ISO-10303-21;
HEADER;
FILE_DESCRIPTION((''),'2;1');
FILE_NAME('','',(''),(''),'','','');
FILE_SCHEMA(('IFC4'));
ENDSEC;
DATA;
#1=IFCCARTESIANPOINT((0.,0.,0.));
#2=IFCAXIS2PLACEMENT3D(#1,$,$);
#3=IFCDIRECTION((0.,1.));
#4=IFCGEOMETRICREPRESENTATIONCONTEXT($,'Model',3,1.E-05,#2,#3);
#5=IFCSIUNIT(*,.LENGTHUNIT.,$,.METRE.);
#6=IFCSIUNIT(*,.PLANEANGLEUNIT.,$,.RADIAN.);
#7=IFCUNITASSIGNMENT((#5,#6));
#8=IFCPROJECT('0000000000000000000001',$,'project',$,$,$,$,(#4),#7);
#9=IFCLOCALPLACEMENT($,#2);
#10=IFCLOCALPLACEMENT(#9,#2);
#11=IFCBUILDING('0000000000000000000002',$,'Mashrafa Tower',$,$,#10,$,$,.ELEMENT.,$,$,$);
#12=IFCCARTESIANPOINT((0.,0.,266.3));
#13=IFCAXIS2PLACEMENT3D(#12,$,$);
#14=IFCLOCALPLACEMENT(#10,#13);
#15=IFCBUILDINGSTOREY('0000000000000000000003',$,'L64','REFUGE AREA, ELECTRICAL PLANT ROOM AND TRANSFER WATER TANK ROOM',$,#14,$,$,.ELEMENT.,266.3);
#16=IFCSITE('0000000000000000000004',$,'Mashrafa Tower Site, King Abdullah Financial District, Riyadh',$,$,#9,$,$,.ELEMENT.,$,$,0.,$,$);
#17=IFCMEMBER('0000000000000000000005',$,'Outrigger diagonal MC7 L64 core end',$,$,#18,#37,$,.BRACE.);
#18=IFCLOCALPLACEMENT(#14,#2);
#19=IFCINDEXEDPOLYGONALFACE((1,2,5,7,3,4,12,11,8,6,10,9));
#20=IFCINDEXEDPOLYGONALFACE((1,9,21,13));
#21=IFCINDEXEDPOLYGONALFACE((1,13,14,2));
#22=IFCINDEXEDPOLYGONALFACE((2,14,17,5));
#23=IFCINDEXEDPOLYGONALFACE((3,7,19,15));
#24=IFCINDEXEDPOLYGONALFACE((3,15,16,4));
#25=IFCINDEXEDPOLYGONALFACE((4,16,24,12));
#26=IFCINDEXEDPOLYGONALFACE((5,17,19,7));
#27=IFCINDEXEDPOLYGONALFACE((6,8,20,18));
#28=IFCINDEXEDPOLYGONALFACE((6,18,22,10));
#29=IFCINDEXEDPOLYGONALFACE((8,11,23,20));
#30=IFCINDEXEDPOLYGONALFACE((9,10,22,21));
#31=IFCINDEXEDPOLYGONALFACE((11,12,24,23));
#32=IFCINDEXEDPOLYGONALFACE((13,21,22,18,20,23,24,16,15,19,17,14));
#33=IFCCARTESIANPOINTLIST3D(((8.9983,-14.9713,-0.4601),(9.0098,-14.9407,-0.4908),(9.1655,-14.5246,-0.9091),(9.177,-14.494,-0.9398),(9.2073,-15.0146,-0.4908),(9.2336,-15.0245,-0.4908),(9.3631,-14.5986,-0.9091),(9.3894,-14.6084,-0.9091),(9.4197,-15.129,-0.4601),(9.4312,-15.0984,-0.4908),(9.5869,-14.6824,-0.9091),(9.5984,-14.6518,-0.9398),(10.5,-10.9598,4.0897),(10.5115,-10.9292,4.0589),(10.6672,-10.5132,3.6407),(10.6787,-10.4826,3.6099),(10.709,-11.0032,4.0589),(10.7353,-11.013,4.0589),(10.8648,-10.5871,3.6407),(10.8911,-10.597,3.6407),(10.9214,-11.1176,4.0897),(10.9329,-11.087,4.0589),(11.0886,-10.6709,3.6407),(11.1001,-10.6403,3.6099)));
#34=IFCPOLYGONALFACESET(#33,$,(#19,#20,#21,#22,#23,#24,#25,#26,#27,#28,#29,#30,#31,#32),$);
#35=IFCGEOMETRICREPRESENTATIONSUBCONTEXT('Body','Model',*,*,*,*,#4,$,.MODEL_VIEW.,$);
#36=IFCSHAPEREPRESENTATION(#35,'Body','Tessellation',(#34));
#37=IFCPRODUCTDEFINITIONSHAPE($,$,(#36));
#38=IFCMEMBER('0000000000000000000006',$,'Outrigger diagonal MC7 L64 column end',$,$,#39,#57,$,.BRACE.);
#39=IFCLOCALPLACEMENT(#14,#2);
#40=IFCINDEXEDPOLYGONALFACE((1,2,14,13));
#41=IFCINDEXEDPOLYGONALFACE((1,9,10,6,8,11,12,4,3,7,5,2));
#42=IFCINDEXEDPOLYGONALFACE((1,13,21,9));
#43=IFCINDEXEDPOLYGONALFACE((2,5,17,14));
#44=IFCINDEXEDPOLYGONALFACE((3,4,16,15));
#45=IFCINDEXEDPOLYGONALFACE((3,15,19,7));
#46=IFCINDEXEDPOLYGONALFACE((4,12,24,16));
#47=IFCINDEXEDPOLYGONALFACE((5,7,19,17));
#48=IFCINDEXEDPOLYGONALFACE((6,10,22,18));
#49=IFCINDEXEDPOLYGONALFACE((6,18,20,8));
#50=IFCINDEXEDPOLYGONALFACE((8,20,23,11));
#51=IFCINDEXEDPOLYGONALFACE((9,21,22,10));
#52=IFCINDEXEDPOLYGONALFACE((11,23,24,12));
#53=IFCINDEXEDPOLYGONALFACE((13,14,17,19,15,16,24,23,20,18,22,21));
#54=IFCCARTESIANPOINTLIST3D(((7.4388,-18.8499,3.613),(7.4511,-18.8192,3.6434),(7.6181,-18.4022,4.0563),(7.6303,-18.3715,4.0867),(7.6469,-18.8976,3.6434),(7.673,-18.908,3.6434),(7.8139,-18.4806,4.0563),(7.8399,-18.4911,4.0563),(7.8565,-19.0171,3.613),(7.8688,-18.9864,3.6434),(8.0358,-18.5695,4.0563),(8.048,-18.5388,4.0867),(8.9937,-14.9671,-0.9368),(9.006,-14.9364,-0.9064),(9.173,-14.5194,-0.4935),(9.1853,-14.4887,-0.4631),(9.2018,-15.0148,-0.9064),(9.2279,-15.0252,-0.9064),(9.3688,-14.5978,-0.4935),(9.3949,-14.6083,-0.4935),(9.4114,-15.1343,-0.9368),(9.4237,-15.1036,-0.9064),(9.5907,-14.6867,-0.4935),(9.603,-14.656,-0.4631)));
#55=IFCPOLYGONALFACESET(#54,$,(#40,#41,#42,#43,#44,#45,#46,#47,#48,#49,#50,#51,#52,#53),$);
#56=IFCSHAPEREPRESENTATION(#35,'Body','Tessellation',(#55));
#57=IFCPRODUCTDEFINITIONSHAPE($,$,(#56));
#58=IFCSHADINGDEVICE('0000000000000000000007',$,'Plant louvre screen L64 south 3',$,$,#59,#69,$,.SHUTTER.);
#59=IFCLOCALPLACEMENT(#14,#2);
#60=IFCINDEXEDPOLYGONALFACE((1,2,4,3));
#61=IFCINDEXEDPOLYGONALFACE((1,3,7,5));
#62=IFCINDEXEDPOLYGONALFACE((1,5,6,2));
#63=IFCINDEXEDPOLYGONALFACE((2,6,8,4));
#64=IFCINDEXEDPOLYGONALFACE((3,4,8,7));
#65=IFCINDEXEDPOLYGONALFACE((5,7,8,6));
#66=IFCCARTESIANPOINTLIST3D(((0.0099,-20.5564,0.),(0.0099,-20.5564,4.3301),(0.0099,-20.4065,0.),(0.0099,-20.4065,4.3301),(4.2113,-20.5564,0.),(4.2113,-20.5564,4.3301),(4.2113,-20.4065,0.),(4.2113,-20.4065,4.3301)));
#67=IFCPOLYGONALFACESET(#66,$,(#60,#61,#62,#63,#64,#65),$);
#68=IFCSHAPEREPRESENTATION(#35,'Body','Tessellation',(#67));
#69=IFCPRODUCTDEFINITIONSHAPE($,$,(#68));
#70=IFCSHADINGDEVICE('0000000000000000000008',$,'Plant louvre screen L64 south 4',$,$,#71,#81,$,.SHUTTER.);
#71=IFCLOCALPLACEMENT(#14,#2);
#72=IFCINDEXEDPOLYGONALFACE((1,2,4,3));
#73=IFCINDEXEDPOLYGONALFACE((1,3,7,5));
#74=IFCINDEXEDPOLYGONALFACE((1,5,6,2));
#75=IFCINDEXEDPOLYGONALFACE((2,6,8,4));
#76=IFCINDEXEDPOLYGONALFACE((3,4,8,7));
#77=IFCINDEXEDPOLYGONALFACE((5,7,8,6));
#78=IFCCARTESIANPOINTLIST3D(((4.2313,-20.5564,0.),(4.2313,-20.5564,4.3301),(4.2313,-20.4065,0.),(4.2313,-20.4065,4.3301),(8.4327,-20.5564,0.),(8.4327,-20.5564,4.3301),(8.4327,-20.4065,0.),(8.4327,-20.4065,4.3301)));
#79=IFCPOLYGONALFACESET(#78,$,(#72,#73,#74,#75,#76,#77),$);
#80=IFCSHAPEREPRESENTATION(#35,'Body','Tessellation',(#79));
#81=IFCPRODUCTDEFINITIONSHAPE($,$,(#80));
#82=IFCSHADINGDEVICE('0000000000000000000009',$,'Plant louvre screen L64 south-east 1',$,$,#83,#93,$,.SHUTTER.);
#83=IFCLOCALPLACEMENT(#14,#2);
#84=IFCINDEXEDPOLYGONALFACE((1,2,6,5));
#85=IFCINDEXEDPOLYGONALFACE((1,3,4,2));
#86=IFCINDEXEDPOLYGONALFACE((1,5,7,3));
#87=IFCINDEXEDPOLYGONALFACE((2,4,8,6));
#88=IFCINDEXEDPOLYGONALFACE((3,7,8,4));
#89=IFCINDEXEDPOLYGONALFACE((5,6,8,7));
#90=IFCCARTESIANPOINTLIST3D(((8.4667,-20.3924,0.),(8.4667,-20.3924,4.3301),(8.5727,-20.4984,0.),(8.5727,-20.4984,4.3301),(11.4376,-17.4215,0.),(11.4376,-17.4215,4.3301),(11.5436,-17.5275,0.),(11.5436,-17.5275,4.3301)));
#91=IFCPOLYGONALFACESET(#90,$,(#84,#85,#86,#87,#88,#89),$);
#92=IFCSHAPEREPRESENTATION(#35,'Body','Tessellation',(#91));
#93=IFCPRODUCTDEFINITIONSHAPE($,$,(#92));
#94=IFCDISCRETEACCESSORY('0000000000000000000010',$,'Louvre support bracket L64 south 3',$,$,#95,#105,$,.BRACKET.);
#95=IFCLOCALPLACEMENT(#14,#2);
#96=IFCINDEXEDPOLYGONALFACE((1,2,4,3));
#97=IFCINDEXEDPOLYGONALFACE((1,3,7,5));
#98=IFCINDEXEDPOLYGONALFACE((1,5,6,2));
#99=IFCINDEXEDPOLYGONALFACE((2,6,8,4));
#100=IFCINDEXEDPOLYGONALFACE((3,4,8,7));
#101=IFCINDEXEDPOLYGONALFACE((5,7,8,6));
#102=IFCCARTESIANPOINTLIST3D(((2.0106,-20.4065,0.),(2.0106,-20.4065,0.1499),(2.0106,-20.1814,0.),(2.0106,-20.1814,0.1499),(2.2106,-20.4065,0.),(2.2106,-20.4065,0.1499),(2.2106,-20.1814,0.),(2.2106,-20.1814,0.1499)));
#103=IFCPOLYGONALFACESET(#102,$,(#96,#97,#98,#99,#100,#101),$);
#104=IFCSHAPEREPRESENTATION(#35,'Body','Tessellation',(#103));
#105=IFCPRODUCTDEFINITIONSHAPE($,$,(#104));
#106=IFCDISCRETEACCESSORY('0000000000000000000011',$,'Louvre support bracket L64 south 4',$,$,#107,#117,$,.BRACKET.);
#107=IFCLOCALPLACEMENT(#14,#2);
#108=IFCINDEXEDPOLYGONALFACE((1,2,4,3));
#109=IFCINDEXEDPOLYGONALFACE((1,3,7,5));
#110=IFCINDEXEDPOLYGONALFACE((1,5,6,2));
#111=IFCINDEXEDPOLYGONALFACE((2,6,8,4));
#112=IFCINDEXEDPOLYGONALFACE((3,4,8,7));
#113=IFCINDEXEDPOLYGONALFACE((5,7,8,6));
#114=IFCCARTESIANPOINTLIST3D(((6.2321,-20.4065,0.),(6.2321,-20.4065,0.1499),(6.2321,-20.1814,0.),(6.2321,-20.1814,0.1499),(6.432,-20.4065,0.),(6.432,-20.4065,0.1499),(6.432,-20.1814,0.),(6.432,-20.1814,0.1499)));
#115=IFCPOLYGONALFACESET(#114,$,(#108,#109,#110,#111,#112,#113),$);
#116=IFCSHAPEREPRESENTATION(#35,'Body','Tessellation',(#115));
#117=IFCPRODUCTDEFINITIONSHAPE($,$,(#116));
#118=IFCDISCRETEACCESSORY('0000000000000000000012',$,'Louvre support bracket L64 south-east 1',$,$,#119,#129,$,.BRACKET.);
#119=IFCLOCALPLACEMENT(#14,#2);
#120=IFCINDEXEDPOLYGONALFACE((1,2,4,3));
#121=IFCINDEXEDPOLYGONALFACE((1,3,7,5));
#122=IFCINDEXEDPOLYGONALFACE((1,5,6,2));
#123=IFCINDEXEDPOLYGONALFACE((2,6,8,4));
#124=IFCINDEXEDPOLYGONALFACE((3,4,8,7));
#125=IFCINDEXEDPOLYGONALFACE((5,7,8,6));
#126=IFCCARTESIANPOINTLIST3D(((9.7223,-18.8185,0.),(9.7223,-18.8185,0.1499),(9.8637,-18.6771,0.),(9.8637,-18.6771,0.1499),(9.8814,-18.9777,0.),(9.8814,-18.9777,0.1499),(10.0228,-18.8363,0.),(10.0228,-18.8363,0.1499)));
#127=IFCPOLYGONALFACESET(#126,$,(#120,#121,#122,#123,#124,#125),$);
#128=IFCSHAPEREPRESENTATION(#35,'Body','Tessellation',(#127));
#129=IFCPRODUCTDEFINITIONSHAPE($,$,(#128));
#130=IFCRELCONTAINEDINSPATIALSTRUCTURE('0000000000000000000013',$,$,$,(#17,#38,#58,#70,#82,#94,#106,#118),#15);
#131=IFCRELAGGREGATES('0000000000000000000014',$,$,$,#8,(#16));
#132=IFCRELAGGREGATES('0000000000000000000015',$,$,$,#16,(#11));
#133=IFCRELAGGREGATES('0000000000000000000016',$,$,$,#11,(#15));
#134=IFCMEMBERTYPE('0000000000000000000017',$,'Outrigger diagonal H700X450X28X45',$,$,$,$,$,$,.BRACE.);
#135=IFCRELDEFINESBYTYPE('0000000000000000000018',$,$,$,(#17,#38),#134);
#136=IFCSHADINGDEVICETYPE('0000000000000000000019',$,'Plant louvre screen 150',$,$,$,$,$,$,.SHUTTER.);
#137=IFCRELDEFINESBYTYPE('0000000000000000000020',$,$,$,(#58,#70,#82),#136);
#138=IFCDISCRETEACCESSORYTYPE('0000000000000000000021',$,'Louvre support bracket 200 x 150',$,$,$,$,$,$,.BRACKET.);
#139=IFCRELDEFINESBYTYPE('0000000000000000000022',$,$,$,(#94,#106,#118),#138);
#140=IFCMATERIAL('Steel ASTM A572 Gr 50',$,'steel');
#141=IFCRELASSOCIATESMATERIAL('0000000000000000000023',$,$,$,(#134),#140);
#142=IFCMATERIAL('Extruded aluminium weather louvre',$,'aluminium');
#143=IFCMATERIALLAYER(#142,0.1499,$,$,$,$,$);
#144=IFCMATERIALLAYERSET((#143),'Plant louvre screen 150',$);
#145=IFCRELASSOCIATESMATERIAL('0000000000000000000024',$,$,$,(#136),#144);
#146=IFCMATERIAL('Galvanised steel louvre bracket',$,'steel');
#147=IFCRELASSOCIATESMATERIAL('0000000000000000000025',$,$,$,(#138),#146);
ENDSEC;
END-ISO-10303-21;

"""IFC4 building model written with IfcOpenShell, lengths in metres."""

from ifc_helpers import new_model, si_unit, direction, frame, origin, origin_2d, place, context, subcontext, project, spatial, rectangle, i_section, extrude, source, transform, mapped, material, layer, layer_set, material_profile, profile_set, type_object, type_shapes, element, save


model = new_model("IFC4")

# Units and contexts
model_context = context("Model", 3, precision=1e-05, world=origin(), true_north=direction((0.0, 1.0)))
body_context = subcontext(model_context, "Body", "Model", "MODEL_VIEW")
ifc_project = project(units=[si_unit("LENGTHUNIT", "METRE"), si_unit("PLANEANGLEUNIT", "RADIAN")], contexts=[model_context])

# Site, building, storey
site_placement = place(None, origin())
site = spatial("IfcSite", under=ifc_project, at=site_placement, Name="Mashrafa Tower Site, King Abdullah Financial District, Riyadh", CompositionType="ELEMENT", RefElevation=0.0)
building_placement = place(site_placement, origin())
building = spatial("IfcBuilding", under=site, at=building_placement, Name="Mashrafa Tower", CompositionType="ELEMENT")
storey_placement = place(building_placement, frame((0.0, 0.0, 266.3)))
storey = spatial("IfcBuildingStorey", under=building, at=storey_placement, Name="L64", Description="REFUGE AREA, ELECTRICAL PLANT ROOM AND TRANSFER WATER TANK ROOM", CompositionType="ELEMENT", Elevation=266.3)

# Members
ifc_material_1 = material(Name="Steel ASTM A572 Gr 50", Category="steel")
ifc_material_profile_1 = material_profile(ifc_material_1, i_section(OverallWidth=0.45, OverallDepth=0.7, WebThickness=0.0281, FlangeThickness=0.0449, at=origin_2d()), Name="H700X450X28X45")
ifc_profile_set_1 = profile_set([ifc_material_profile_1], Name="Steel ASTM A572 Gr 50")
member_type_1 = type_object("IfcMemberType", Name="Outrigger diagonal H700X450X28X45", PredefinedType="BRACE", material=ifc_profile_set_1)
shared_shape_1 = source(origin(), body_context, "Body", "SweptSolid", [
    extrude(i_section(OverallWidth=0.45, OverallDepth=0.7, WebThickness=0.0281, FlangeThickness=0.0449, at=origin_2d()), origin(), (0.0, 0.0, 1.0), 6.2488),
])
member_1_placement = place(storey_placement, frame((9.2983, -14.8115, -0.7), z_axis=(0.240319, 0.641957, 0.728106), x_axis=(-0.936528, 0.350592, 0.0)))
element("IfcMember", 1, at=member_1_placement, inside=storey, type_object=member_type_1, Name="Outrigger diagonal MC7 L64 core end", PredefinedType="BRACE", context=body_context, shape_type="MappedRepresentation", body=[
    mapped(shared_shape_1, transform((0.0, 0.0, 0.0))),
])
shared_shape_2 = source(origin(), body_context, "Body", "SweptSolid", [
    extrude(i_section(OverallWidth=0.45, OverallDepth=0.7, WebThickness=0.0281, FlangeThickness=0.0449, at=origin_2d()), origin(), (0.0, 0.0, 1.0), 6.1802),
])
type_shapes(member_type_1, [shared_shape_1, shared_shape_2])
member_2_placement = place(storey_placement, frame((9.2983, -14.8115, -0.7), z_axis=(-0.251599, -0.628267, 0.736192), x_axis=(0.928328, -0.371763, 0.0)))
element("IfcMember", 2, at=member_2_placement, inside=storey, type_object=member_type_1, Name="Outrigger diagonal MC7 L64 column end", PredefinedType="BRACE", context=body_context, shape_type="MappedRepresentation", body=[
    mapped(shared_shape_2, transform((0.0, 0.0, 0.0))),
])

# Shading devices
ifc_material_2 = material(Name="Extruded aluminium weather louvre", Category="aluminium")
ifc_layer = layer(ifc_material_2, 0.1499)
ifc_layer_set = layer_set([ifc_layer], Name="Plant louvre screen 150")
shading_device_type = type_object("IfcShadingDeviceType", Name="Plant louvre screen 150", PredefinedType="SHUTTER", material=ifc_layer_set)
shared_shape_3 = source(origin(), body_context, "Body", "SweptSolid", [
    extrude(rectangle(XDim=4.2014, YDim=0.1499, at=origin_2d()), origin(), (0.0, 0.0, 1.0), 4.3301),
])
type_shapes(shading_device_type, [shared_shape_3])
for number, where, z_axis, x_axis, name in (
    (3, (2.1106, -20.4814, 0.0), (0.0, 0.0, 1.0), (1.0, 0.0, 0.0), "Plant louvre screen L64 south 3"),
    (4, (6.332, -20.4814, 0.0), (0.0, 0.0, 1.0), (1.0, 0.0, 0.0), "Plant louvre screen L64 south 4"),
    (5, (10.0051, -18.96, 0.0), (0.0, 0.0, 1.0), (0.707107, 0.707107, 0.0), "Plant louvre screen L64 south-east 1"),
):
    element("IfcShadingDevice", number, at=place(storey_placement, frame(where, z_axis=z_axis, x_axis=x_axis)), inside=storey, type_object=shading_device_type, Name=name, PredefinedType="SHUTTER", context=body_context, shape_type="MappedRepresentation", body=[
        mapped(shared_shape_3, transform((0.0, 0.0, 0.0))),
    ])

# Discrete accessories
ifc_material_3 = material(Name="Galvanised steel louvre bracket", Category="steel")
discrete_accessory_type = type_object("IfcDiscreteAccessoryType", Name="Louvre support bracket 200 x 150", PredefinedType="BRACKET", material=ifc_material_3)
shared_shape_4 = source(origin(), body_context, "Body", "SweptSolid", [
    extrude(rectangle(XDim=0.2, YDim=0.2251, at=origin_2d()), origin(), (0.0, 0.0, 1.0), 0.1499),
])
type_shapes(discrete_accessory_type, [shared_shape_4])
for number, where, z_axis, x_axis, name in (
    (6, (2.1106, -20.2939, 0.0), (0.0, 0.0, 1.0), (1.0, 0.0, 0.0), "Louvre support bracket L64 south 3"),
    (7, (6.332, -20.2939, 0.0), (0.0, 0.0, 1.0), (1.0, 0.0, 0.0), "Louvre support bracket L64 south 4"),
    (8, (9.8726, -18.8274, 0.0), (0.0, 0.0, 1.0), (0.707107, 0.707107, 0.0), "Louvre support bracket L64 south-east 1"),
):
    element("IfcDiscreteAccessory", number, at=place(storey_placement, frame(where, z_axis=z_axis, x_axis=x_axis)), inside=storey, type_object=discrete_accessory_type, Name=name, PredefinedType="BRACKET", context=body_context, shape_type="MappedRepresentation", body=[
        mapped(shared_shape_4, transform((0.0, 0.0, 0.0))),
    ])

save(model, "model.ifc")
